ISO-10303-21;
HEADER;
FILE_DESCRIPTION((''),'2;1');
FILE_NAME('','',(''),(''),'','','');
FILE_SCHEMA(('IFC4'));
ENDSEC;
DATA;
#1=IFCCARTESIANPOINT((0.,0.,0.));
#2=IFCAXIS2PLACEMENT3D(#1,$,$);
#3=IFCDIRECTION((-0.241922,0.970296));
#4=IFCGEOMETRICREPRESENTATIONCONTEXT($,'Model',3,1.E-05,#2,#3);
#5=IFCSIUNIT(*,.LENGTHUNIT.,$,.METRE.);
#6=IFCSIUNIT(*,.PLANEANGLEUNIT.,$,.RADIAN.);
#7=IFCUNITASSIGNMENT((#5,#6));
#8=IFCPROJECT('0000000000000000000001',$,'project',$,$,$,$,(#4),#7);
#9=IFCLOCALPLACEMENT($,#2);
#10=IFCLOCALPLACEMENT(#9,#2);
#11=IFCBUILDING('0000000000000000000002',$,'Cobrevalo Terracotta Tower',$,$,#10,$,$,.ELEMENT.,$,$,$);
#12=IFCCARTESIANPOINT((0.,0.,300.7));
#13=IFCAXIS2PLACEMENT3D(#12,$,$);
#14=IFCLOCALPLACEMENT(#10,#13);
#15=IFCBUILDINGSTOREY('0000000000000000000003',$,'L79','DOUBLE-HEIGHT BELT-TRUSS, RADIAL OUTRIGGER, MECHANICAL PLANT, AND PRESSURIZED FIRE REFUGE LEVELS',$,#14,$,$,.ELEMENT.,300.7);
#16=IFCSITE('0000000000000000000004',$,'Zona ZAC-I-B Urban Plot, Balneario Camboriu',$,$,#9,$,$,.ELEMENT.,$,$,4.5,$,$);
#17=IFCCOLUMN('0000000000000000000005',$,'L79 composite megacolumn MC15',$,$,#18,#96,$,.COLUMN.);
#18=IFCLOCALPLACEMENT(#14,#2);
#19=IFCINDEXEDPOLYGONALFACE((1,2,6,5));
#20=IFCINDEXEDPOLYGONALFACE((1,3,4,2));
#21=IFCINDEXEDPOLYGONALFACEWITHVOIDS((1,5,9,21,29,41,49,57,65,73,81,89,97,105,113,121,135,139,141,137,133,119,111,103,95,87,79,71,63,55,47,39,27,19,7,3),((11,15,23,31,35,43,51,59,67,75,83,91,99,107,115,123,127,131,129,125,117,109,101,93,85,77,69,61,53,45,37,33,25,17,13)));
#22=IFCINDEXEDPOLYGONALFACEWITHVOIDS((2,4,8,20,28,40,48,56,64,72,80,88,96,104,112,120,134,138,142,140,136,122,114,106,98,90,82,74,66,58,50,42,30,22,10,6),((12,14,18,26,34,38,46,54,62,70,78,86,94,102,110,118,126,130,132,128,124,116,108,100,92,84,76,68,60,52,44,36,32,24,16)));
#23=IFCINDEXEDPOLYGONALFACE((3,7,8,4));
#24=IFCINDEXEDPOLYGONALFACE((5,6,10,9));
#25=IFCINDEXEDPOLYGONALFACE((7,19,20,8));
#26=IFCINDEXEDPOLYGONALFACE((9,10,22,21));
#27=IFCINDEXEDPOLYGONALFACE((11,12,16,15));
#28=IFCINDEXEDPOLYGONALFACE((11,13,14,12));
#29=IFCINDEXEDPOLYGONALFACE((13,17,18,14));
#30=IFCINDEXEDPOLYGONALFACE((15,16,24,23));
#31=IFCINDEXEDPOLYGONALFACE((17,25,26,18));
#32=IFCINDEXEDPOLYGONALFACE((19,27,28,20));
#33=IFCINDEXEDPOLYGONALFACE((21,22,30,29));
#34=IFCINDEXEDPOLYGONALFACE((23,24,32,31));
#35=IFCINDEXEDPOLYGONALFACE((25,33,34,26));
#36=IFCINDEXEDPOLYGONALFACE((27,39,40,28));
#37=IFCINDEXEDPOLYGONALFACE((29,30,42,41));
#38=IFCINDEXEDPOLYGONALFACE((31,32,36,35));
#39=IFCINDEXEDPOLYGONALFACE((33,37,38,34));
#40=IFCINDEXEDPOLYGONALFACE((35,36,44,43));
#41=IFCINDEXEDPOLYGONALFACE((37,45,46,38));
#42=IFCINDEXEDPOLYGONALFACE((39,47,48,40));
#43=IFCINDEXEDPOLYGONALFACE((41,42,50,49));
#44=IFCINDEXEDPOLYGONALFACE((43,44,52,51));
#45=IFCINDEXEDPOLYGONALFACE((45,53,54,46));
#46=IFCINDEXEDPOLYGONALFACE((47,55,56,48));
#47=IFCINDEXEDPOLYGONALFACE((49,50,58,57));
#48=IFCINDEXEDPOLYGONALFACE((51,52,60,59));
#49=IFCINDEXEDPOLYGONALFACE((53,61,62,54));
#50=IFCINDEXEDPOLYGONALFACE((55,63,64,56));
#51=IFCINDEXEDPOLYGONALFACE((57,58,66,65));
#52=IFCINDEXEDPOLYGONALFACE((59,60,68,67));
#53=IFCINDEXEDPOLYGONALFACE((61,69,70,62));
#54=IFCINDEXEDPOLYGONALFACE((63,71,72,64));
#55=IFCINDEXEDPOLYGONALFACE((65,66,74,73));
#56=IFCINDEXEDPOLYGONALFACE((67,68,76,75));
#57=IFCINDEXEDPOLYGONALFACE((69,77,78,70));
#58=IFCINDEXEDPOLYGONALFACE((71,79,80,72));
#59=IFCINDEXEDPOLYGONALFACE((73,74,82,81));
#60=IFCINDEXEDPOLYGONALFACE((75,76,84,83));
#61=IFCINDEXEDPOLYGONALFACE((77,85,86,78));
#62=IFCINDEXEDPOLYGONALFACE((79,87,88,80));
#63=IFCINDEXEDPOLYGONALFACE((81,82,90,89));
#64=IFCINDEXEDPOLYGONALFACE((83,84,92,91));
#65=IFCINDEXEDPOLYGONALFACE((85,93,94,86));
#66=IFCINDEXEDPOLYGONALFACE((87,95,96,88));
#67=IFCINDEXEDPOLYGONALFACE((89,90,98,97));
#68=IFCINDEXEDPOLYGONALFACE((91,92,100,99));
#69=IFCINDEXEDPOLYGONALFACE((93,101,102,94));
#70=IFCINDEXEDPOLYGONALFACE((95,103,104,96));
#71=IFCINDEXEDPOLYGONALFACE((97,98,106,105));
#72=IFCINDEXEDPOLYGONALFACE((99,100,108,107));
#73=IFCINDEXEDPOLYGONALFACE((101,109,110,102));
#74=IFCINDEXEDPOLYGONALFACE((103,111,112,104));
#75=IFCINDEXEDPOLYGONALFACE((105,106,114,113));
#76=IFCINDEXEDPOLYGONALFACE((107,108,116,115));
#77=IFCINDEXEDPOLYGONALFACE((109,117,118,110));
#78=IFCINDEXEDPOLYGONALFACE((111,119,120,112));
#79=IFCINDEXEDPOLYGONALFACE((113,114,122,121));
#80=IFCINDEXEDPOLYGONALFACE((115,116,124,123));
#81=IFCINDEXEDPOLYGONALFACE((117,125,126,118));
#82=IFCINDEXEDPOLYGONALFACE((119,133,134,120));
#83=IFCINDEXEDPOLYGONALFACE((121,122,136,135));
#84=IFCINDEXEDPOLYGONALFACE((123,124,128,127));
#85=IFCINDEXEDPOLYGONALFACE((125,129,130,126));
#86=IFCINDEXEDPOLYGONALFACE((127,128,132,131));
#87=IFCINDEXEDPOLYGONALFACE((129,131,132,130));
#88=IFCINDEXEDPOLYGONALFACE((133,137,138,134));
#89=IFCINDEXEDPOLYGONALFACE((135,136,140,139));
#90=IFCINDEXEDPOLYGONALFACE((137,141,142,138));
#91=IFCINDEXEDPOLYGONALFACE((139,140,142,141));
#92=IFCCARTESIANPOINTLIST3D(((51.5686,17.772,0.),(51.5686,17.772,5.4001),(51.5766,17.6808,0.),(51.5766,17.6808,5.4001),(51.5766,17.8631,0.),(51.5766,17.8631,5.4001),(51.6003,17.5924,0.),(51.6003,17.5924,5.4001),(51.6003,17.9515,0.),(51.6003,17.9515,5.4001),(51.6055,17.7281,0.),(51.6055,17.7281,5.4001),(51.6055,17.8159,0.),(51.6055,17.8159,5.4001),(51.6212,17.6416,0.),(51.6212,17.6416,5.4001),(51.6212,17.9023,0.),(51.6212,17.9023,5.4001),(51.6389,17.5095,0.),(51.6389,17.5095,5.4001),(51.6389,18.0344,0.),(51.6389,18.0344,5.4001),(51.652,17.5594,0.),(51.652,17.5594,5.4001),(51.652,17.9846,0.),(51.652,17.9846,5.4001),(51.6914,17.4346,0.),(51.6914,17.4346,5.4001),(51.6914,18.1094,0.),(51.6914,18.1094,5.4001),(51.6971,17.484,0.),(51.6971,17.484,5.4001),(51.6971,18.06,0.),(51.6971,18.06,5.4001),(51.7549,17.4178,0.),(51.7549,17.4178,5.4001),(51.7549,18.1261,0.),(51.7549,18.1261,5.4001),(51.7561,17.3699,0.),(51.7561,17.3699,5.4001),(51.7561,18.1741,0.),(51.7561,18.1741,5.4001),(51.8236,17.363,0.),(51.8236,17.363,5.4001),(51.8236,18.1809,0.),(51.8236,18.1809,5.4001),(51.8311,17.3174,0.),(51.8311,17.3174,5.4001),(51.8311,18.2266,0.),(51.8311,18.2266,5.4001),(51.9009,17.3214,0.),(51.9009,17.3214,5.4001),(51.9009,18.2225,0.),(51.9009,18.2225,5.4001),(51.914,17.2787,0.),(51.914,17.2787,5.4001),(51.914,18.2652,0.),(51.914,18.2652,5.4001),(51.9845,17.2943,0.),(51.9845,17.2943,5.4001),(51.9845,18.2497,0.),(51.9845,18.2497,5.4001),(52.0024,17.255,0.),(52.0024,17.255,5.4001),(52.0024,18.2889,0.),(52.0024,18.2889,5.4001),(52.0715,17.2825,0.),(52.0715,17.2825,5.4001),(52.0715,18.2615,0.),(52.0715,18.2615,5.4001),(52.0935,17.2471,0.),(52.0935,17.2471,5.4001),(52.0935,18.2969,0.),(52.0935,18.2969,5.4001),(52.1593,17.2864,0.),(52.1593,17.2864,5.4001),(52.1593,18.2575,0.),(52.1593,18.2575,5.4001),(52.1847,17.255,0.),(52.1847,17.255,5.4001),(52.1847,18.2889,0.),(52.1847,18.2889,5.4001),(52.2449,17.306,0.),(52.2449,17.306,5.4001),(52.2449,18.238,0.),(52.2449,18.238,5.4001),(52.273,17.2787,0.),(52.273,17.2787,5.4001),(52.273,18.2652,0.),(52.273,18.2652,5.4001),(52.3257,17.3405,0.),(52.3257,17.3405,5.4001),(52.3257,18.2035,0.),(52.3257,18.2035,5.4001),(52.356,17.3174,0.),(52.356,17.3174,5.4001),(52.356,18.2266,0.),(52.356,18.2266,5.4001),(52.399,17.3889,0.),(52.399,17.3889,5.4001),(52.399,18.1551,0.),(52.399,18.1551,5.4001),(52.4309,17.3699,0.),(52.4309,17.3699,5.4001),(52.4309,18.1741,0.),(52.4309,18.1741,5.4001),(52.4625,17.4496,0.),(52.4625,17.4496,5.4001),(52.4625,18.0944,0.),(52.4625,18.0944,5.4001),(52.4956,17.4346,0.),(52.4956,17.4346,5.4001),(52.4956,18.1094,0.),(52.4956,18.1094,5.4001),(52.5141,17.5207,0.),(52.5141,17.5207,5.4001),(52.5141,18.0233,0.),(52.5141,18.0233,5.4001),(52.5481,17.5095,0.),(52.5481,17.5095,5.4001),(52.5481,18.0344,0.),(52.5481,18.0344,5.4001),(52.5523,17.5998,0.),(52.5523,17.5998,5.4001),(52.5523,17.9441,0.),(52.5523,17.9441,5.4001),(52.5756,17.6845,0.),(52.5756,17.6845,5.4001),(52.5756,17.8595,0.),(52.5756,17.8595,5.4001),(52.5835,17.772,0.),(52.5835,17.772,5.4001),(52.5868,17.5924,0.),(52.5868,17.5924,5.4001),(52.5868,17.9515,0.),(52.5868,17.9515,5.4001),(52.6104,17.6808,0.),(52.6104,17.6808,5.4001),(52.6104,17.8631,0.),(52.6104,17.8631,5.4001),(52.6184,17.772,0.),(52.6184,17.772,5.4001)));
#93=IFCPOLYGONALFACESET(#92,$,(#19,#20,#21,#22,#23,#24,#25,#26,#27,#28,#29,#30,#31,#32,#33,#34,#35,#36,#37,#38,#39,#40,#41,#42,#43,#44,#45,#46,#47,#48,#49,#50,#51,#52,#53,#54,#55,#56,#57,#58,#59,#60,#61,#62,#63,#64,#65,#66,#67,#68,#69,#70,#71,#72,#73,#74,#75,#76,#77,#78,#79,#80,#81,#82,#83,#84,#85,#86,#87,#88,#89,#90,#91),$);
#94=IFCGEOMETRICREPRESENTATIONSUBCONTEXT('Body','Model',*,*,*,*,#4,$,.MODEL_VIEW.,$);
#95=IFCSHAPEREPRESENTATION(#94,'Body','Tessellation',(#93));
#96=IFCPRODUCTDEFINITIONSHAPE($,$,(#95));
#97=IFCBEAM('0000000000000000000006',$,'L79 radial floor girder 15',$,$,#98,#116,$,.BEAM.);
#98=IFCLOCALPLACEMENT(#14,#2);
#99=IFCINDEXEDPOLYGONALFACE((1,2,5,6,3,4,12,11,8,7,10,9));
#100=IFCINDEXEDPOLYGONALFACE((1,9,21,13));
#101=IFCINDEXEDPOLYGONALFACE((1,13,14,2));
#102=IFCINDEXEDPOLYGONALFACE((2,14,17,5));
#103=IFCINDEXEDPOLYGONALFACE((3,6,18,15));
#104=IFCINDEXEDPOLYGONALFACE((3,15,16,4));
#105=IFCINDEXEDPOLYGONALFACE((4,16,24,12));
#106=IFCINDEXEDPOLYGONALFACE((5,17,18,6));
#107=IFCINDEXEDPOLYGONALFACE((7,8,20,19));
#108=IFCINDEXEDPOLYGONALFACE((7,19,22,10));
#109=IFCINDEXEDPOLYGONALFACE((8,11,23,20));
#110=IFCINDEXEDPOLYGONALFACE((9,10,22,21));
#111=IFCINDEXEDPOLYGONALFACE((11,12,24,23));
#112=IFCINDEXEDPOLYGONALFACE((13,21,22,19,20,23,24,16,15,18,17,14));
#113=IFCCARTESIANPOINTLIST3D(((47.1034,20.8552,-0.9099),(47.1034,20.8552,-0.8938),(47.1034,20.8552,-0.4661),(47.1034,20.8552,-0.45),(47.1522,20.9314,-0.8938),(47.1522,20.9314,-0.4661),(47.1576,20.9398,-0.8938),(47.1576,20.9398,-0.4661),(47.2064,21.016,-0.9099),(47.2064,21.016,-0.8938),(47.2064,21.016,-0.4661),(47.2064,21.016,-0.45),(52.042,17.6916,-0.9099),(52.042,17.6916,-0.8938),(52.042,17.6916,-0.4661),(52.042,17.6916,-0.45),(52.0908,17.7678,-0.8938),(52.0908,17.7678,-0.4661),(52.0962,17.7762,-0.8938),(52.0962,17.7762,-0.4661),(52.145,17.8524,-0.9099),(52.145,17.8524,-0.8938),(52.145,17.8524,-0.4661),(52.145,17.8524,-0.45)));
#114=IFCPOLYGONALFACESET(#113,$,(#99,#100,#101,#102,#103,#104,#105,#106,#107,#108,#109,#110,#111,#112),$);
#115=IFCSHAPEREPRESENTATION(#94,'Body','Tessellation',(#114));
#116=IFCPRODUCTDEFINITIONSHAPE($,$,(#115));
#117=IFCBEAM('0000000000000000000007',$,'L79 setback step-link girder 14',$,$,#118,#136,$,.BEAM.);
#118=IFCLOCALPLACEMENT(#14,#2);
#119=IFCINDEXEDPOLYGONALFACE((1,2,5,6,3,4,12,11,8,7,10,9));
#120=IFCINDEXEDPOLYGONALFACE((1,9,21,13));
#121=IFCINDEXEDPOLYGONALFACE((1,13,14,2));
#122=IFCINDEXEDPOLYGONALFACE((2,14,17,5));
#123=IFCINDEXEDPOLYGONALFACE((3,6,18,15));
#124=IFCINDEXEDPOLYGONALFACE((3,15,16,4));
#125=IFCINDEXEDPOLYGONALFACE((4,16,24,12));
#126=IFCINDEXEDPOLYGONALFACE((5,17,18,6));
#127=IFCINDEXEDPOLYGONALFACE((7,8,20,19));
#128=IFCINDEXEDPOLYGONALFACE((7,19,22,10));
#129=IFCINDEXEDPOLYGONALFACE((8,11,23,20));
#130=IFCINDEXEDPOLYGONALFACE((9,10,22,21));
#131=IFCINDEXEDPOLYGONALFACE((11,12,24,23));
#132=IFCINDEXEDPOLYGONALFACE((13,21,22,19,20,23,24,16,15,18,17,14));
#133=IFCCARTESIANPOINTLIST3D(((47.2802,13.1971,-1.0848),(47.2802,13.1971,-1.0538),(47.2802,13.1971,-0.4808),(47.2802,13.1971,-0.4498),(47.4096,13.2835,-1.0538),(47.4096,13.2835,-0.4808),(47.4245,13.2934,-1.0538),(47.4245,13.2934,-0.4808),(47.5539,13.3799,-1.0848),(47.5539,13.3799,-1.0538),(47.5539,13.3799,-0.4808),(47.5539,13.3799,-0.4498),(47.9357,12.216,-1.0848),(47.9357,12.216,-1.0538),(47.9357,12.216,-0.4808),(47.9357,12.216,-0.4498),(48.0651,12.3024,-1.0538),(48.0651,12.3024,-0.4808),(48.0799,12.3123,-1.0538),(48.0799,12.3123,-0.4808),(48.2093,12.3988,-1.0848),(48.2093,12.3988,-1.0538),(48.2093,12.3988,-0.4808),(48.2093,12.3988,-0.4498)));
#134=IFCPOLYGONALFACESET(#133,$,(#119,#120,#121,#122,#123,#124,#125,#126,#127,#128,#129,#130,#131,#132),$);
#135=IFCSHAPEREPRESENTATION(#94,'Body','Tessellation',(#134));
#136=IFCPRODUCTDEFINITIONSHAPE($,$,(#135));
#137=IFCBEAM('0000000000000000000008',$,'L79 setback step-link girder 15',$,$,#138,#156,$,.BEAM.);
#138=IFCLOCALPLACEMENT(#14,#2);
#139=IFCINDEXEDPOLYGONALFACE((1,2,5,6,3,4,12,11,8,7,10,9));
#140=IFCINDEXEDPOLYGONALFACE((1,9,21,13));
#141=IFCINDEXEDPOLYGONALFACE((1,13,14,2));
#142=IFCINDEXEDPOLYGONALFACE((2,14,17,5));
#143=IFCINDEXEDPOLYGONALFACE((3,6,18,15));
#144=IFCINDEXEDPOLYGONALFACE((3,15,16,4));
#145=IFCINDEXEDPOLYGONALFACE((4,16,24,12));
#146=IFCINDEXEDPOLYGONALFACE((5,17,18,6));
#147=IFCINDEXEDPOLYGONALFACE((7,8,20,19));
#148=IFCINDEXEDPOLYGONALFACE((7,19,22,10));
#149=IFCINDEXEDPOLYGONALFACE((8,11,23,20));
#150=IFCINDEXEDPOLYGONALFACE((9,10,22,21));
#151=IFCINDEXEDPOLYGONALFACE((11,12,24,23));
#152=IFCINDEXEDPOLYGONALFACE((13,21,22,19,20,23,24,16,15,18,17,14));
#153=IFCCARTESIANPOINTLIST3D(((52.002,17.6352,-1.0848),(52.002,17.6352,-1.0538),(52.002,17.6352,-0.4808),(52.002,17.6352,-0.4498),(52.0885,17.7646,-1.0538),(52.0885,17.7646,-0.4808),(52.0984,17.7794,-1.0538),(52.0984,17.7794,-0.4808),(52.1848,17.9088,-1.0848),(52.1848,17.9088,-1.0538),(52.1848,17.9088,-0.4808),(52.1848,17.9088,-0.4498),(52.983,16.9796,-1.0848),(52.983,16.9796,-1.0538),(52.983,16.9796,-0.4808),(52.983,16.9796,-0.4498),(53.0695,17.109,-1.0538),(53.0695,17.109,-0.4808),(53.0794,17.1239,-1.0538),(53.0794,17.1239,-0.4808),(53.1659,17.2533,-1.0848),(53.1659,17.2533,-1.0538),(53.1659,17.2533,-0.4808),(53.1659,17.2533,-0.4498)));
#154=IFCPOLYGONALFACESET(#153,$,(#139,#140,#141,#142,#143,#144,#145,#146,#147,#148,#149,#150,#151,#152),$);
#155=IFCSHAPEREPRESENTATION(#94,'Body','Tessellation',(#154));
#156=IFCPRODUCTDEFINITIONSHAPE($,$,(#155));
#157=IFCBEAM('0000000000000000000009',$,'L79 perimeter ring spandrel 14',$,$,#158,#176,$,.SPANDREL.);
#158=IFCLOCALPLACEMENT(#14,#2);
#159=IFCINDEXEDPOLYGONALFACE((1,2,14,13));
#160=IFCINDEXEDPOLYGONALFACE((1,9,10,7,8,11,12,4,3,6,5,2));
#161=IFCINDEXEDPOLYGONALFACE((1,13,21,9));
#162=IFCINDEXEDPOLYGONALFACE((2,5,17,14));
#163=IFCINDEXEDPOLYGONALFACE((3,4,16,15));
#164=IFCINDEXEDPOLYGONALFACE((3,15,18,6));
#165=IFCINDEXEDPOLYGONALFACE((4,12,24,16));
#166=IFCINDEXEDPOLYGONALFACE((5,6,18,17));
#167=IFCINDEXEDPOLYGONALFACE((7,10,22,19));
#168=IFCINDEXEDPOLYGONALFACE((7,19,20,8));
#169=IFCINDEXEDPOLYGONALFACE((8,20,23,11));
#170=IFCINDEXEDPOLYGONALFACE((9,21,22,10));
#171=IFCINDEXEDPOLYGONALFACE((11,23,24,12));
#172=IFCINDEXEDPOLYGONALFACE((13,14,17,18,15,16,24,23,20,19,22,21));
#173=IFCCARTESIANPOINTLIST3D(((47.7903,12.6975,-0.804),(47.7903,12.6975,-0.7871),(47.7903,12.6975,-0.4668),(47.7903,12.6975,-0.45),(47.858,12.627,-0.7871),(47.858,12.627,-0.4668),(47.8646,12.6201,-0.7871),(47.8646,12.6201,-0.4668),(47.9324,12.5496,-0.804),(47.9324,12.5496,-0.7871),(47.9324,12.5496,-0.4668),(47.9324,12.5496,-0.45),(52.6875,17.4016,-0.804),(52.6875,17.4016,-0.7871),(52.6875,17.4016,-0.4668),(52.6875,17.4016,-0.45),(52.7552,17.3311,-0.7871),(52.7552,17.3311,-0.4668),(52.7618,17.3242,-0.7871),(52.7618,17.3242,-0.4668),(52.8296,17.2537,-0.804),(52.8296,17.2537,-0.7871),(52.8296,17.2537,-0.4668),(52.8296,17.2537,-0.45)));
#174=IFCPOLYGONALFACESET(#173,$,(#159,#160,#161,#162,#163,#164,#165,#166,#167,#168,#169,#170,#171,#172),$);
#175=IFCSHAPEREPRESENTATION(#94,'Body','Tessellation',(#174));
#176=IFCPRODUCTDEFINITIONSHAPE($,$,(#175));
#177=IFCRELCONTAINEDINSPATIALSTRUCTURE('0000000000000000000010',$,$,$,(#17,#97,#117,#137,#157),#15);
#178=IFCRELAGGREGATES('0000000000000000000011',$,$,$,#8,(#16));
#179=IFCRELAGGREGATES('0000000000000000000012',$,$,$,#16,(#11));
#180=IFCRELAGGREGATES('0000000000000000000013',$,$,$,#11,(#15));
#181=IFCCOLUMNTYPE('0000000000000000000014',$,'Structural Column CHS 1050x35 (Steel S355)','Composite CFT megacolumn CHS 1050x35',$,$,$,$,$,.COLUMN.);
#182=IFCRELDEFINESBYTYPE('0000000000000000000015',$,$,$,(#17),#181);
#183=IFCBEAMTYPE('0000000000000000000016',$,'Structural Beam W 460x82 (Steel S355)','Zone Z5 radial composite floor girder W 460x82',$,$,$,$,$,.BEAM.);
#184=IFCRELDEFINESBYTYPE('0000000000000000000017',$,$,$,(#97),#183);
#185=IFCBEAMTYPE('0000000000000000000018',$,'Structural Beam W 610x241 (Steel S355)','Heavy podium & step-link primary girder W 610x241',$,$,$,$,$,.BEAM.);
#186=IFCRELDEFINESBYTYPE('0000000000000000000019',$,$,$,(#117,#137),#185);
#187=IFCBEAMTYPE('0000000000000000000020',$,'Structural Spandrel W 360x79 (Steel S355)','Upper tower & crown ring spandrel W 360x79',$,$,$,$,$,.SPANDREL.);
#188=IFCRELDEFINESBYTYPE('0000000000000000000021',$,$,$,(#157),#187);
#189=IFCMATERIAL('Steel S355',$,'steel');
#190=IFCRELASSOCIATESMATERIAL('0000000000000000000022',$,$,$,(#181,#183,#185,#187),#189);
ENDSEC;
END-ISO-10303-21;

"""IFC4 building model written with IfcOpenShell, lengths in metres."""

from ifc_helpers import new_model, si_unit, direction, frame, origin, origin_2d, place, context, subcontext, project, spatial, hollow_circle, i_section, extrude, material, material_profile, profile_set, type_object, element, save


model = new_model("IFC4")

# Units and contexts
model_context = context("Model", 3, precision=1e-05, world=origin(), true_north=direction((-0.241922, 0.970296)))
body_context = subcontext(model_context, "Body", "Model", "MODEL_VIEW")
ifc_project = project(units=[si_unit("LENGTHUNIT", "METRE"), si_unit("PLANEANGLEUNIT", "RADIAN")], contexts=[model_context])

# Site, building, storey
site_placement = place(None, origin())
site = spatial("IfcSite", under=ifc_project, at=site_placement, Name="Zona ZAC-I-B Urban Plot, Balneario Camboriu", CompositionType="ELEMENT", RefElevation=4.5)
building_placement = place(site_placement, origin())
building = spatial("IfcBuilding", under=site, at=building_placement, Name="Cobrevalo Terracotta Tower", CompositionType="ELEMENT")
storey_placement = place(building_placement, frame((0.0, 0.0, 300.7)))
storey = spatial("IfcBuildingStorey", under=building, at=storey_placement, Name="L79", Description="DOUBLE-HEIGHT BELT-TRUSS, RADIAL OUTRIGGER, MECHANICAL PLANT, AND PRESSURIZED FIRE REFUGE LEVELS", CompositionType="ELEMENT", Elevation=300.7)

# Column
ifc_material_1 = material(Name="Steel S355", Category="steel")
ifc_material_profile_1 = material_profile(ifc_material_1, hollow_circle(Radius=0.5249, WallThickness=0.0349, at=origin_2d()), Name="CHS 1050x35")
ifc_profile_set_1 = profile_set([ifc_material_profile_1], Name="Steel S355")
column_type = type_object("IfcColumnType", Name="Structural Column CHS 1050x35 (Steel S355)", Description="Composite CFT megacolumn CHS 1050x35", PredefinedType="COLUMN", material=ifc_profile_set_1)
column_placement = place(storey_placement, frame((52.0935, 17.772, 0.0), z_axis=(0.0, 0.0, 1.0), x_axis=(1.0, 0.0, 0.0)))
element("IfcColumn", 1, at=column_placement, inside=storey, type_object=column_type, Name="L79 composite megacolumn MC15", PredefinedType="COLUMN", context=body_context, shape_type="SweptSolid", body=[
    extrude(hollow_circle(Radius=0.5249, WallThickness=0.0349, at=origin_2d()), origin(), (0.0, 0.0, 1.0), 5.4001),
])

# Beams
ifc_material_profile_2 = material_profile(ifc_material_1, i_section(OverallWidth=0.1909, OverallDepth=0.46, WebThickness=0.01, FlangeThickness=0.0161, at=origin_2d()), Name="W 460x82")
ifc_profile_set_2 = profile_set([ifc_material_profile_2], Name="Steel S355")
beam_type_1 = type_object("IfcBeamType", Name="Structural Beam W 460x82 (Steel S355)", Description="Zone Z5 radial composite floor girder W 460x82", PredefinedType="BEAM", material=ifc_profile_set_2)
beam_1_placement = place(storey_placement, frame((52.0935, 17.772, -0.6799), z_axis=(-0.842043, 0.53941, 0.0), x_axis=(-0.53941, -0.842043, 0.0)))
element("IfcBeam", 2, at=beam_1_placement, inside=storey, type_object=beam_type_1, Name="L79 radial floor girder 15", PredefinedType="BEAM", context=body_context, shape_type="SweptSolid", body=[
    extrude(i_section(OverallWidth=0.1909, OverallDepth=0.46, WebThickness=0.01, FlangeThickness=0.0161, at=origin_2d()), origin(), (0.0, 0.0, 1.0), 5.865),
])
ifc_material_profile_3 = material_profile(ifc_material_1, i_section(OverallWidth=0.3291, OverallDepth=0.635, WebThickness=0.0178, FlangeThickness=0.031, at=origin_2d()), Name="W 610x241")
ifc_profile_set_3 = profile_set([ifc_material_profile_3], Name="Steel S355")
beam_type_2 = type_object("IfcBeamType", Name="Structural Beam W 610x241 (Steel S355)", Description="Heavy podium & step-link primary girder W 610x241", PredefinedType="BEAM", material=ifc_profile_set_3)
for number, where, z_axis, x_axis, name in (
    (3, (48.0725, 12.3074, -0.7673), (-0.555512, 0.831509, 0.0), (-0.831509, -0.555512, 0.0), "L79 setback step-link girder 14"),
    (4, (53.0745, 17.1165, -0.7673), (-0.831445, 0.555607, 0.0), (-0.555607, -0.831445, 0.0), "L79 setback step-link girder 15"),
):
    element("IfcBeam", number, at=place(storey_placement, frame(where, z_axis=z_axis, x_axis=x_axis)), inside=storey, type_object=beam_type_2, Name=name, PredefinedType="BEAM", context=body_context, shape_type="SweptSolid", body=[
        extrude(i_section(OverallWidth=0.3291, OverallDepth=0.635, WebThickness=0.0178, FlangeThickness=0.031, at=origin_2d()), origin(), (0.0, 0.0, 1.0), 1.1799),
    ])
ifc_material_profile_4 = material_profile(ifc_material_1, i_section(OverallWidth=0.2051, OverallDepth=0.354, WebThickness=0.0095, FlangeThickness=0.0168, at=origin_2d()), Name="W 360x79")
ifc_profile_set_4 = profile_set([ifc_material_profile_4], Name="Steel S355")
beam_type_3 = type_object("IfcBeamType", Name="Structural Spandrel W 360x79 (Steel S355)", Description="Upper tower & crown ring spandrel W 360x79", PredefinedType="SPANDREL", material=ifc_profile_set_4)
beam_2_placement = place(storey_placement, frame((47.8613, 12.6235, -0.627), z_axis=(0.721183, 0.692744, 0.0), x_axis=(-0.692744, 0.721183, 0.0)))
element("IfcBeam", 5, at=beam_2_placement, inside=storey, type_object=beam_type_3, Name="L79 perimeter ring spandrel 14", PredefinedType="SPANDREL", context=body_context, shape_type="SweptSolid", body=[
    extrude(i_section(OverallWidth=0.2051, OverallDepth=0.354, WebThickness=0.0095, FlangeThickness=0.0168, at=origin_2d()), origin(), (0.0, 0.0, 1.0), 6.7905),
])

save(model, "model.ifc")
